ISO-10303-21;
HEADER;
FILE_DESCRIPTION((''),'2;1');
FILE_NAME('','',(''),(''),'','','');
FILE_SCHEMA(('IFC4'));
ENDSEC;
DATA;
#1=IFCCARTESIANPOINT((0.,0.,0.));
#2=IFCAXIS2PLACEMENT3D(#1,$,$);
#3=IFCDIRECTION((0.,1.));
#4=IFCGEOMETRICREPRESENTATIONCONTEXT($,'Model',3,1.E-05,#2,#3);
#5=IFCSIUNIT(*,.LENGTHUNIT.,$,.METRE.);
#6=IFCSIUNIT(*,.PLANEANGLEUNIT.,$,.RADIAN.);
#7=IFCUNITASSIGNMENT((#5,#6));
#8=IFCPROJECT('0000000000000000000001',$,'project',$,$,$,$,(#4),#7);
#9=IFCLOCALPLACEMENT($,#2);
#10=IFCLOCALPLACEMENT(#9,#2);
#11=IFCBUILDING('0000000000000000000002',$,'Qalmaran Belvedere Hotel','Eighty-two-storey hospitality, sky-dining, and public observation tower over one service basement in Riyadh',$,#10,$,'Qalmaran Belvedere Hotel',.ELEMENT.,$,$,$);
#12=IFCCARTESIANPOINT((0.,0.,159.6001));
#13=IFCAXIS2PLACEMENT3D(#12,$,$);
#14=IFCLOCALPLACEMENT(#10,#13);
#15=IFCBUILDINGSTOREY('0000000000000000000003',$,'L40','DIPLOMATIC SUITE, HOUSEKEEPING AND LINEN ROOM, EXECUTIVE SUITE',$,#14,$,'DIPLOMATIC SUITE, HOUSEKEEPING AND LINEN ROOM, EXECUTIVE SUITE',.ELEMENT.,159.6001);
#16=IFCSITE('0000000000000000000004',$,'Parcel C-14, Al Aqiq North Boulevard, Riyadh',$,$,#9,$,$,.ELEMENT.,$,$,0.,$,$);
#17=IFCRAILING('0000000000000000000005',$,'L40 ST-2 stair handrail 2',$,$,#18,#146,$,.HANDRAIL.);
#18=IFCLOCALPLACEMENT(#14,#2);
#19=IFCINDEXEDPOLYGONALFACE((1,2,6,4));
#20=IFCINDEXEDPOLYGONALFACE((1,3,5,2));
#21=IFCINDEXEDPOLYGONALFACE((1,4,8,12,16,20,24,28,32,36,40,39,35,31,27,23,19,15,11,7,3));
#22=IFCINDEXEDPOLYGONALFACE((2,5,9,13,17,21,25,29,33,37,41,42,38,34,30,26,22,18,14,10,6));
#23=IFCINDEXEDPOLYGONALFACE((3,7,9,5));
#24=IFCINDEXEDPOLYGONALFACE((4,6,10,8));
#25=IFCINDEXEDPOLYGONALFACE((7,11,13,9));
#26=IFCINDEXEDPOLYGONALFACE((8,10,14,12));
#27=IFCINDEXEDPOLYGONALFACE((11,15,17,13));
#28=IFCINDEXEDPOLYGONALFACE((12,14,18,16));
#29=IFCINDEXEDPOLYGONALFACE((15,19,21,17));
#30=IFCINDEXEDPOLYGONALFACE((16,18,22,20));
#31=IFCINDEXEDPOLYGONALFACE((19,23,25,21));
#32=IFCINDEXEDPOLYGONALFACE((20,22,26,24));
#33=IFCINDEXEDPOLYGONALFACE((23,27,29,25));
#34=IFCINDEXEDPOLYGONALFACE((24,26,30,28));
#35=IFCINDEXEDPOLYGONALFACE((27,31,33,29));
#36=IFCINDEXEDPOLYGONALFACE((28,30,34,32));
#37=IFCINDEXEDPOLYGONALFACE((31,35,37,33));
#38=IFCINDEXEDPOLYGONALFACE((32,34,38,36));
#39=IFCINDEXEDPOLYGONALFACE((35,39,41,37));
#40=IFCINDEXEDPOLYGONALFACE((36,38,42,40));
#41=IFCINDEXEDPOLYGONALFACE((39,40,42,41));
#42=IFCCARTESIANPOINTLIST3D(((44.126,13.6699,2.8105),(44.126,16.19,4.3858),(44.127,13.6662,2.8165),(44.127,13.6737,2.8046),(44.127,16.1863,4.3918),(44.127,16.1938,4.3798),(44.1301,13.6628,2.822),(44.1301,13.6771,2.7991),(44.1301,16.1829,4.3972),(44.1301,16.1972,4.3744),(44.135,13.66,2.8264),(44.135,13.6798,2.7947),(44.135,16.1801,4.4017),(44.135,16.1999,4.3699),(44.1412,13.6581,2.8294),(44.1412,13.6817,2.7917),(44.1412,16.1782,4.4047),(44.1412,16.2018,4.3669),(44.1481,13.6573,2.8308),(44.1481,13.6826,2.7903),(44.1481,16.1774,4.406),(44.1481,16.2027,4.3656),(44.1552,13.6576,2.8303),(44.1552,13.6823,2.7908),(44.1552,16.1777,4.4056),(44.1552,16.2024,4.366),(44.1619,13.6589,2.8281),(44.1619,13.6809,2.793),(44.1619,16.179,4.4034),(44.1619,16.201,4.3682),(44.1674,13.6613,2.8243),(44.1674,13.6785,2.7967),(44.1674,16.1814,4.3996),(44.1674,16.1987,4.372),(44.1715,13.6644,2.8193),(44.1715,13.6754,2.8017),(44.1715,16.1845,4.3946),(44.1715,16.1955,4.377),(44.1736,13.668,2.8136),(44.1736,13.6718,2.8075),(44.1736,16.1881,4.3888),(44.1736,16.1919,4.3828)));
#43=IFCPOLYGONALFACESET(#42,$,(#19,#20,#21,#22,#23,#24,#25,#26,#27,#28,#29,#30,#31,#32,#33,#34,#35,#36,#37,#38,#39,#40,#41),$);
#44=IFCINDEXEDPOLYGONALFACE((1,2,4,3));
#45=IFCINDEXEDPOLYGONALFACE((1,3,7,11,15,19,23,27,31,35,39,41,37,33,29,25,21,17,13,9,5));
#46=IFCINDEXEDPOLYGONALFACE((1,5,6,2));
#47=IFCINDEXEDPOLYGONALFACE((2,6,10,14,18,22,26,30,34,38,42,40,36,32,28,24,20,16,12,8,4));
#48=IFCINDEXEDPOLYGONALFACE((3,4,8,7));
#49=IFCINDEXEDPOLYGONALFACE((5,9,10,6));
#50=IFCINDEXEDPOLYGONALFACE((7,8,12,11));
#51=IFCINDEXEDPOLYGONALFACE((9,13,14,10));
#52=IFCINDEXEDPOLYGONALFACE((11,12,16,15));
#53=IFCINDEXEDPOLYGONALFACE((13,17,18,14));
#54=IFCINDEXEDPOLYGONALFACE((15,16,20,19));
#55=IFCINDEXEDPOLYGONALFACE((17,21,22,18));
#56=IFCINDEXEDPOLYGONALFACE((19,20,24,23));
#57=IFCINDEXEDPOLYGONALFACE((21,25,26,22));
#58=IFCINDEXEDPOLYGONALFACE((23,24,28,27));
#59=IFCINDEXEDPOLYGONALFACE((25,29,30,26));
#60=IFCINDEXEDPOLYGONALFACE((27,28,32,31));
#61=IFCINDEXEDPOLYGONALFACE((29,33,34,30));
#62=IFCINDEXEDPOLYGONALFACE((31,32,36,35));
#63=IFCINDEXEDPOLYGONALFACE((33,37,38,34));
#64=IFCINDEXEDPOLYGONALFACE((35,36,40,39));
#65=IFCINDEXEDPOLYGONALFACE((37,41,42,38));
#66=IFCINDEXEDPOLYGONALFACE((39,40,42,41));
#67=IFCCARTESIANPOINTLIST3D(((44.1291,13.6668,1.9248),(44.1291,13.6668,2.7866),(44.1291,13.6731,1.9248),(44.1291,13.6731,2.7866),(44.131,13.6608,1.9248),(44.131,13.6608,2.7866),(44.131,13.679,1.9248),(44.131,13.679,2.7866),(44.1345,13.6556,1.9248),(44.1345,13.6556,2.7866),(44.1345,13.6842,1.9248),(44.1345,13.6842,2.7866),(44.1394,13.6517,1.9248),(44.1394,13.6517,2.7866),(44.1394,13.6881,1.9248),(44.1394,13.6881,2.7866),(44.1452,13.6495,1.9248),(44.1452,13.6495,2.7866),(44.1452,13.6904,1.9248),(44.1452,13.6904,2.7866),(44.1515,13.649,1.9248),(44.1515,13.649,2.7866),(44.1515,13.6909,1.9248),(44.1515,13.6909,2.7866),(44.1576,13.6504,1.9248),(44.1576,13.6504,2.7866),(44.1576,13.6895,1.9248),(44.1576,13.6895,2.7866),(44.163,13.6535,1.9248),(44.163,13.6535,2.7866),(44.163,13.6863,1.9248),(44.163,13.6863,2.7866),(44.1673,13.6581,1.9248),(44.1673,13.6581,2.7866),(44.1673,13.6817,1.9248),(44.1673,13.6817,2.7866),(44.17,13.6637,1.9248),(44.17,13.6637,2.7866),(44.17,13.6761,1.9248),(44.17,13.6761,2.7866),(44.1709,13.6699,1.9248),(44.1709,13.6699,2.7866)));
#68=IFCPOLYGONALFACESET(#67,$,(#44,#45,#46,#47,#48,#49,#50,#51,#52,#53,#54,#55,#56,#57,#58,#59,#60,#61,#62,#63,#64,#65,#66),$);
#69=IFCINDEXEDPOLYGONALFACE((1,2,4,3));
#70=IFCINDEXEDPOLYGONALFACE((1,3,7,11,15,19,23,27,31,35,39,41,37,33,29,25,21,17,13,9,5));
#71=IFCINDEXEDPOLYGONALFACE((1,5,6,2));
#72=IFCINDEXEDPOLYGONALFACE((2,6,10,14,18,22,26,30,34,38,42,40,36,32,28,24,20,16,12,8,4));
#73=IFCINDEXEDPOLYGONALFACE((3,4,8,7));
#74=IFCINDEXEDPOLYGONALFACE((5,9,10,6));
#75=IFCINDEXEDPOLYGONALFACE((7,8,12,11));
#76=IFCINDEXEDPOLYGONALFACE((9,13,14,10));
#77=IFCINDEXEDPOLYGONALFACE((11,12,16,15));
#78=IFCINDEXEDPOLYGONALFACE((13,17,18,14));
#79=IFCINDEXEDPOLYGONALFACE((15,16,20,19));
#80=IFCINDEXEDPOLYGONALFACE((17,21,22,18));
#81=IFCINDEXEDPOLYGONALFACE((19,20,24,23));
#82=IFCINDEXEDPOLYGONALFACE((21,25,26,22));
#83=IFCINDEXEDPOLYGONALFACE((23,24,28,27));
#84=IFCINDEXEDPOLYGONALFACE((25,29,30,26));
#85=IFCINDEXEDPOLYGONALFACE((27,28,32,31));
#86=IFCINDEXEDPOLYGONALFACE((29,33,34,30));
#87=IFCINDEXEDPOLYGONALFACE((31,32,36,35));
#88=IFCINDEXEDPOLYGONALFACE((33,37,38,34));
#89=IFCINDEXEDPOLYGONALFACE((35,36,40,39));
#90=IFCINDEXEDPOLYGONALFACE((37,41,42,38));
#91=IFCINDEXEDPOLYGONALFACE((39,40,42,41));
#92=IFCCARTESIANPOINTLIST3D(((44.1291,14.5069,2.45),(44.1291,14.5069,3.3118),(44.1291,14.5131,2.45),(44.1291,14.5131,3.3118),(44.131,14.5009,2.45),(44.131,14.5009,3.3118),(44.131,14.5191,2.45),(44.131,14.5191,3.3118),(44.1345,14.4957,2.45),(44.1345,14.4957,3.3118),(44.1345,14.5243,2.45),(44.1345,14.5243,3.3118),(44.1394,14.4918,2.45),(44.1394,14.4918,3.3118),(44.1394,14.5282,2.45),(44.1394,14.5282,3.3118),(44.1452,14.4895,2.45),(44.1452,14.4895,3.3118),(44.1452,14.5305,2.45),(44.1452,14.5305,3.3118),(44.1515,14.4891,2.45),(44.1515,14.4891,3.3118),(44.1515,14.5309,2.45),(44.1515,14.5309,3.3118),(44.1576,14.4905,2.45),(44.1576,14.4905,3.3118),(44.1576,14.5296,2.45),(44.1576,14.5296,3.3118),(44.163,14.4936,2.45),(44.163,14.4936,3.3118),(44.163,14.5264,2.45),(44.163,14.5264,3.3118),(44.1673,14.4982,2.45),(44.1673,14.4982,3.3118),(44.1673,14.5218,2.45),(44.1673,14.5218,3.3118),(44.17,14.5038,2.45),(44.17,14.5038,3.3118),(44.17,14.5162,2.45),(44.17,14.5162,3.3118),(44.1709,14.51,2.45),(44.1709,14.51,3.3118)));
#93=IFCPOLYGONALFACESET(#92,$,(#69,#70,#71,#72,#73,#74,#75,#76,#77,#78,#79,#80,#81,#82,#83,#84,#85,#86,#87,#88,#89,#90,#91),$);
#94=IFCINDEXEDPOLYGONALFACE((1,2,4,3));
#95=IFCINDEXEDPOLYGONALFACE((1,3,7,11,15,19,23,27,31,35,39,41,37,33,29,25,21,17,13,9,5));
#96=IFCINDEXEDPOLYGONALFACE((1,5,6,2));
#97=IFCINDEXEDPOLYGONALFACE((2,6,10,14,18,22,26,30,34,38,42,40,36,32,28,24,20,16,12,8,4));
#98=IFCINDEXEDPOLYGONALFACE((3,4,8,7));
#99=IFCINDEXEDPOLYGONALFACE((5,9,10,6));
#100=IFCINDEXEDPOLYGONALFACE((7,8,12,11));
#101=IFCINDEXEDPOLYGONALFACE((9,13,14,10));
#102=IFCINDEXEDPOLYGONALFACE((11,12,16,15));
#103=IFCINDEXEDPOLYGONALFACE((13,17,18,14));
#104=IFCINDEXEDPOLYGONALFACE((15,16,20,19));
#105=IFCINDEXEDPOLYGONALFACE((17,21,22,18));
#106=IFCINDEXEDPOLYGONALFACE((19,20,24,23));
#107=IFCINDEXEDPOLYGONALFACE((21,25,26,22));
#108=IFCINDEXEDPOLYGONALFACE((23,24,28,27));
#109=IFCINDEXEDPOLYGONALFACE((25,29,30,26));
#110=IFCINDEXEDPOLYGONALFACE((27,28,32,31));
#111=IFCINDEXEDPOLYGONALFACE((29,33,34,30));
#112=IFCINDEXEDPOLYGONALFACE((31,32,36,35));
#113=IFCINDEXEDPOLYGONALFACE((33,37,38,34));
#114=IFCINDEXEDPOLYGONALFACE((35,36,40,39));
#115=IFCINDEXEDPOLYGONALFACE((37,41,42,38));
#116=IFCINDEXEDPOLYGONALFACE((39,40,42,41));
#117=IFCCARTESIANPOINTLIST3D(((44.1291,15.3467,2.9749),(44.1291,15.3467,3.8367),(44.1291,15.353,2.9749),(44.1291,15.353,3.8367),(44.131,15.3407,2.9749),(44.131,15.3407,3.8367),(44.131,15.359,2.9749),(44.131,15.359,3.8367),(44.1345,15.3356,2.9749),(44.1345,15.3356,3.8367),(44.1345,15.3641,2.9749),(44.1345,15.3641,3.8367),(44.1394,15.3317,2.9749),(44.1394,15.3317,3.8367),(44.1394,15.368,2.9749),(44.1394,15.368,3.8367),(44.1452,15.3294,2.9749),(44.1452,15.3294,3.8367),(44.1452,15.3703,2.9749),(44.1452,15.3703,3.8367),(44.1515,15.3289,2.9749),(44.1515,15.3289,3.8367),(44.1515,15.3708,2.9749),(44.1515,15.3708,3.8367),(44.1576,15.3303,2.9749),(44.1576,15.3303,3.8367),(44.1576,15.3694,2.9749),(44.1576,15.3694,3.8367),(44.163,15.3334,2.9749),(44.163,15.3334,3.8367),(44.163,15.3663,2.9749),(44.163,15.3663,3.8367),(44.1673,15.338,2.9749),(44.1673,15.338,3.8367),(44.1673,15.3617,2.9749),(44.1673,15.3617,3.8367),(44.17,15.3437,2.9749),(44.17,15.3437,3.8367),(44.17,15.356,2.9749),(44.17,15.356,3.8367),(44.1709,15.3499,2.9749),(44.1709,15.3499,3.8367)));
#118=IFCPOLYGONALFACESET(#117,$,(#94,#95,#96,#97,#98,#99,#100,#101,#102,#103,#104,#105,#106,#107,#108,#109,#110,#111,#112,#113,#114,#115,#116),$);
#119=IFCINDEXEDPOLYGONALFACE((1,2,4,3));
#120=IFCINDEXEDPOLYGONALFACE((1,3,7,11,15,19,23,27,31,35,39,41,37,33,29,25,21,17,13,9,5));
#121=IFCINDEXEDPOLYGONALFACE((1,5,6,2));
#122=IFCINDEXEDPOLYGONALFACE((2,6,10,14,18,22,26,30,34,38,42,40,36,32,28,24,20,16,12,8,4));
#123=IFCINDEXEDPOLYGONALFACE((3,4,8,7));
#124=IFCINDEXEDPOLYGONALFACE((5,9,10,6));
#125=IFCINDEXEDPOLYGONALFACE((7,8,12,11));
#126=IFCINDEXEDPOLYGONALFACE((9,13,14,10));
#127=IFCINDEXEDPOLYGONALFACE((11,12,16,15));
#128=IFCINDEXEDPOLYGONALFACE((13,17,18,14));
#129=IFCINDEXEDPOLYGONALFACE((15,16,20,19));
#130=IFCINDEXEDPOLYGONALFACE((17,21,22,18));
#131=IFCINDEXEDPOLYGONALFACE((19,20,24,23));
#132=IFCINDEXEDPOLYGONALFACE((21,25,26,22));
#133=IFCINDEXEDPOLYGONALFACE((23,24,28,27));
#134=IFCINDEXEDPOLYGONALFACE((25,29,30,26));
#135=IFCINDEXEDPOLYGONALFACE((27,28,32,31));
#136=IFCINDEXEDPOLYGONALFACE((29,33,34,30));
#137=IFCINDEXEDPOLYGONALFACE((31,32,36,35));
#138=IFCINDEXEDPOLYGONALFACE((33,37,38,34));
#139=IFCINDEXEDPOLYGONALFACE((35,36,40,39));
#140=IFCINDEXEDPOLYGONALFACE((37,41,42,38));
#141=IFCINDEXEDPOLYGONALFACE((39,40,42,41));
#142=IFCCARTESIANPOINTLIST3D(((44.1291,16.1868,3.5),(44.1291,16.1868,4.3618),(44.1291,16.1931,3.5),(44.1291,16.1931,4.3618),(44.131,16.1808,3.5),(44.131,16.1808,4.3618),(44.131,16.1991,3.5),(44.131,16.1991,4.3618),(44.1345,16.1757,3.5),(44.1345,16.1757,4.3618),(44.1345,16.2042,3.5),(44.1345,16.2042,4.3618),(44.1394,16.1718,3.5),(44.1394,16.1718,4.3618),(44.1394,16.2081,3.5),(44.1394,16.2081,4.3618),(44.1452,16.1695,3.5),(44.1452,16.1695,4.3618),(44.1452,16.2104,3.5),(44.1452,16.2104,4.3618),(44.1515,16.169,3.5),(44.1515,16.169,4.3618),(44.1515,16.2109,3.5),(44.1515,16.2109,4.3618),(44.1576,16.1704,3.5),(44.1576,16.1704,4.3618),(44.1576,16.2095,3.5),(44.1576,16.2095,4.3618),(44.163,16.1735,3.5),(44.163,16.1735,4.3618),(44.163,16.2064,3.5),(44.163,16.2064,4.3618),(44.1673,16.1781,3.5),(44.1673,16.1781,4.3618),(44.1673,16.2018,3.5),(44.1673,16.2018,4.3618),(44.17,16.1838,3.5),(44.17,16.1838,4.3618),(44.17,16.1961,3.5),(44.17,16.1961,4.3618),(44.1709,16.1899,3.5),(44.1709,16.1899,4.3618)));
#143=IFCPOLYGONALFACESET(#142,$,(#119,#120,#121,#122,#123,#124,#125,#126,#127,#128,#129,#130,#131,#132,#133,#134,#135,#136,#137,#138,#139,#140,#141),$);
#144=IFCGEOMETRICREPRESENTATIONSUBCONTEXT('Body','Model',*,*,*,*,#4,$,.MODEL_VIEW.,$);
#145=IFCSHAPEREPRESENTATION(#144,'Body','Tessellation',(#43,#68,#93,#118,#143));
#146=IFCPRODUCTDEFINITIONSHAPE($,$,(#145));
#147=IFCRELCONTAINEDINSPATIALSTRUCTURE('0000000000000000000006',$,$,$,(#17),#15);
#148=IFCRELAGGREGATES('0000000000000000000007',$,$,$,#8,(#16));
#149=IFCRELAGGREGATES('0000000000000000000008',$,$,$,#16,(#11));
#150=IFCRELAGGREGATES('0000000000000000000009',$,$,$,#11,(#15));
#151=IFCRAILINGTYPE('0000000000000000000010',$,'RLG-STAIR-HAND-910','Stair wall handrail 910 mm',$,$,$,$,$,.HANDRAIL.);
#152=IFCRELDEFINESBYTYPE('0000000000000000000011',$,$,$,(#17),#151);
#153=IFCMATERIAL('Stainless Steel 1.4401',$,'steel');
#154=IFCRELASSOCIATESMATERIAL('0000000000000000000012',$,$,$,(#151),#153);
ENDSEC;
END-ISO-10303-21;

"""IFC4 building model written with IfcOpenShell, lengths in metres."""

from ifc_helpers import new_model, si_unit, direction, frame, origin, origin_2d, place, context, subcontext, project, spatial, circle, extrude, material, type_object, element, save


model = new_model("IFC4")

# Units and contexts
model_context = context("Model", 3, precision=1e-05, world=origin(), true_north=direction((0.0, 1.0)))
body_context = subcontext(model_context, "Body", "Model", "MODEL_VIEW")
ifc_project = project(units=[si_unit("LENGTHUNIT", "METRE"), si_unit("PLANEANGLEUNIT", "RADIAN")], contexts=[model_context])

# Site, building, storey
site_placement = place(None, origin())
site = spatial("IfcSite", under=ifc_project, at=site_placement, Name="Parcel C-14, Al Aqiq North Boulevard, Riyadh", CompositionType="ELEMENT", RefElevation=0.0)
building_placement = place(site_placement, origin())
building = spatial("IfcBuilding", under=site, at=building_placement, Name="Qalmaran Belvedere Hotel", Description="Eighty-two-storey hospitality, sky-dining, and public observation tower over one service basement in Riyadh", LongName="Qalmaran Belvedere Hotel", CompositionType="ELEMENT")
storey_placement = place(building_placement, frame((0.0, 0.0, 159.6001)))
storey = spatial("IfcBuildingStorey", under=building, at=storey_placement, Name="L40", Description="DIPLOMATIC SUITE, HOUSEKEEPING AND LINEN ROOM, EXECUTIVE SUITE", LongName="DIPLOMATIC SUITE, HOUSEKEEPING AND LINEN ROOM, EXECUTIVE SUITE", CompositionType="ELEMENT", Elevation=159.6001)

# Railing
ifc_material_1 = material(Name="Stainless Steel 1.4401", Category="steel")
railing_type_1 = type_object("IfcRailingType", Name="RLG-STAIR-HAND-910", Description="Stair wall handrail 910 mm", PredefinedType="HANDRAIL", material=ifc_material_1)
railing_1_placement = place(storey_placement, frame((44.1499, 13.6699, 1.9248)))
element("IfcRailing", 1, at=railing_1_placement, inside=storey, type_object=railing_type_1, Name="L40 ST-2 stair handrail 2", PredefinedType="HANDRAIL", context=body_context, shape_type="SweptSolid", body=[
    extrude(circle(Radius=0.0239, at=origin_2d()), frame((0.0, 0.0, 0.8857), z_axis=(0.0, 0.847971, 0.530043), x_axis=(-1.0, 0.0, 0.0)), (0.0, 0.0, 1.0), 2.9719),
    extrude(circle(Radius=0.021, at=origin_2d()), origin(), (0.0, 0.0, 1.0), 0.8618),
    extrude(circle(Radius=0.021, at=origin_2d()), frame((0.0, 0.8401, 0.5251)), (0.0, 0.0, 1.0), 0.8618),
    extrude(circle(Radius=0.021, at=origin_2d()), frame((0.0, 1.6799, 1.05)), (0.0, 0.0, 1.0), 0.8618),
    extrude(circle(Radius=0.021, at=origin_2d()), frame((0.0, 2.52, 1.5752)), (0.0, 0.0, 1.0), 0.8618),
])

save(model, "model.ifc")
